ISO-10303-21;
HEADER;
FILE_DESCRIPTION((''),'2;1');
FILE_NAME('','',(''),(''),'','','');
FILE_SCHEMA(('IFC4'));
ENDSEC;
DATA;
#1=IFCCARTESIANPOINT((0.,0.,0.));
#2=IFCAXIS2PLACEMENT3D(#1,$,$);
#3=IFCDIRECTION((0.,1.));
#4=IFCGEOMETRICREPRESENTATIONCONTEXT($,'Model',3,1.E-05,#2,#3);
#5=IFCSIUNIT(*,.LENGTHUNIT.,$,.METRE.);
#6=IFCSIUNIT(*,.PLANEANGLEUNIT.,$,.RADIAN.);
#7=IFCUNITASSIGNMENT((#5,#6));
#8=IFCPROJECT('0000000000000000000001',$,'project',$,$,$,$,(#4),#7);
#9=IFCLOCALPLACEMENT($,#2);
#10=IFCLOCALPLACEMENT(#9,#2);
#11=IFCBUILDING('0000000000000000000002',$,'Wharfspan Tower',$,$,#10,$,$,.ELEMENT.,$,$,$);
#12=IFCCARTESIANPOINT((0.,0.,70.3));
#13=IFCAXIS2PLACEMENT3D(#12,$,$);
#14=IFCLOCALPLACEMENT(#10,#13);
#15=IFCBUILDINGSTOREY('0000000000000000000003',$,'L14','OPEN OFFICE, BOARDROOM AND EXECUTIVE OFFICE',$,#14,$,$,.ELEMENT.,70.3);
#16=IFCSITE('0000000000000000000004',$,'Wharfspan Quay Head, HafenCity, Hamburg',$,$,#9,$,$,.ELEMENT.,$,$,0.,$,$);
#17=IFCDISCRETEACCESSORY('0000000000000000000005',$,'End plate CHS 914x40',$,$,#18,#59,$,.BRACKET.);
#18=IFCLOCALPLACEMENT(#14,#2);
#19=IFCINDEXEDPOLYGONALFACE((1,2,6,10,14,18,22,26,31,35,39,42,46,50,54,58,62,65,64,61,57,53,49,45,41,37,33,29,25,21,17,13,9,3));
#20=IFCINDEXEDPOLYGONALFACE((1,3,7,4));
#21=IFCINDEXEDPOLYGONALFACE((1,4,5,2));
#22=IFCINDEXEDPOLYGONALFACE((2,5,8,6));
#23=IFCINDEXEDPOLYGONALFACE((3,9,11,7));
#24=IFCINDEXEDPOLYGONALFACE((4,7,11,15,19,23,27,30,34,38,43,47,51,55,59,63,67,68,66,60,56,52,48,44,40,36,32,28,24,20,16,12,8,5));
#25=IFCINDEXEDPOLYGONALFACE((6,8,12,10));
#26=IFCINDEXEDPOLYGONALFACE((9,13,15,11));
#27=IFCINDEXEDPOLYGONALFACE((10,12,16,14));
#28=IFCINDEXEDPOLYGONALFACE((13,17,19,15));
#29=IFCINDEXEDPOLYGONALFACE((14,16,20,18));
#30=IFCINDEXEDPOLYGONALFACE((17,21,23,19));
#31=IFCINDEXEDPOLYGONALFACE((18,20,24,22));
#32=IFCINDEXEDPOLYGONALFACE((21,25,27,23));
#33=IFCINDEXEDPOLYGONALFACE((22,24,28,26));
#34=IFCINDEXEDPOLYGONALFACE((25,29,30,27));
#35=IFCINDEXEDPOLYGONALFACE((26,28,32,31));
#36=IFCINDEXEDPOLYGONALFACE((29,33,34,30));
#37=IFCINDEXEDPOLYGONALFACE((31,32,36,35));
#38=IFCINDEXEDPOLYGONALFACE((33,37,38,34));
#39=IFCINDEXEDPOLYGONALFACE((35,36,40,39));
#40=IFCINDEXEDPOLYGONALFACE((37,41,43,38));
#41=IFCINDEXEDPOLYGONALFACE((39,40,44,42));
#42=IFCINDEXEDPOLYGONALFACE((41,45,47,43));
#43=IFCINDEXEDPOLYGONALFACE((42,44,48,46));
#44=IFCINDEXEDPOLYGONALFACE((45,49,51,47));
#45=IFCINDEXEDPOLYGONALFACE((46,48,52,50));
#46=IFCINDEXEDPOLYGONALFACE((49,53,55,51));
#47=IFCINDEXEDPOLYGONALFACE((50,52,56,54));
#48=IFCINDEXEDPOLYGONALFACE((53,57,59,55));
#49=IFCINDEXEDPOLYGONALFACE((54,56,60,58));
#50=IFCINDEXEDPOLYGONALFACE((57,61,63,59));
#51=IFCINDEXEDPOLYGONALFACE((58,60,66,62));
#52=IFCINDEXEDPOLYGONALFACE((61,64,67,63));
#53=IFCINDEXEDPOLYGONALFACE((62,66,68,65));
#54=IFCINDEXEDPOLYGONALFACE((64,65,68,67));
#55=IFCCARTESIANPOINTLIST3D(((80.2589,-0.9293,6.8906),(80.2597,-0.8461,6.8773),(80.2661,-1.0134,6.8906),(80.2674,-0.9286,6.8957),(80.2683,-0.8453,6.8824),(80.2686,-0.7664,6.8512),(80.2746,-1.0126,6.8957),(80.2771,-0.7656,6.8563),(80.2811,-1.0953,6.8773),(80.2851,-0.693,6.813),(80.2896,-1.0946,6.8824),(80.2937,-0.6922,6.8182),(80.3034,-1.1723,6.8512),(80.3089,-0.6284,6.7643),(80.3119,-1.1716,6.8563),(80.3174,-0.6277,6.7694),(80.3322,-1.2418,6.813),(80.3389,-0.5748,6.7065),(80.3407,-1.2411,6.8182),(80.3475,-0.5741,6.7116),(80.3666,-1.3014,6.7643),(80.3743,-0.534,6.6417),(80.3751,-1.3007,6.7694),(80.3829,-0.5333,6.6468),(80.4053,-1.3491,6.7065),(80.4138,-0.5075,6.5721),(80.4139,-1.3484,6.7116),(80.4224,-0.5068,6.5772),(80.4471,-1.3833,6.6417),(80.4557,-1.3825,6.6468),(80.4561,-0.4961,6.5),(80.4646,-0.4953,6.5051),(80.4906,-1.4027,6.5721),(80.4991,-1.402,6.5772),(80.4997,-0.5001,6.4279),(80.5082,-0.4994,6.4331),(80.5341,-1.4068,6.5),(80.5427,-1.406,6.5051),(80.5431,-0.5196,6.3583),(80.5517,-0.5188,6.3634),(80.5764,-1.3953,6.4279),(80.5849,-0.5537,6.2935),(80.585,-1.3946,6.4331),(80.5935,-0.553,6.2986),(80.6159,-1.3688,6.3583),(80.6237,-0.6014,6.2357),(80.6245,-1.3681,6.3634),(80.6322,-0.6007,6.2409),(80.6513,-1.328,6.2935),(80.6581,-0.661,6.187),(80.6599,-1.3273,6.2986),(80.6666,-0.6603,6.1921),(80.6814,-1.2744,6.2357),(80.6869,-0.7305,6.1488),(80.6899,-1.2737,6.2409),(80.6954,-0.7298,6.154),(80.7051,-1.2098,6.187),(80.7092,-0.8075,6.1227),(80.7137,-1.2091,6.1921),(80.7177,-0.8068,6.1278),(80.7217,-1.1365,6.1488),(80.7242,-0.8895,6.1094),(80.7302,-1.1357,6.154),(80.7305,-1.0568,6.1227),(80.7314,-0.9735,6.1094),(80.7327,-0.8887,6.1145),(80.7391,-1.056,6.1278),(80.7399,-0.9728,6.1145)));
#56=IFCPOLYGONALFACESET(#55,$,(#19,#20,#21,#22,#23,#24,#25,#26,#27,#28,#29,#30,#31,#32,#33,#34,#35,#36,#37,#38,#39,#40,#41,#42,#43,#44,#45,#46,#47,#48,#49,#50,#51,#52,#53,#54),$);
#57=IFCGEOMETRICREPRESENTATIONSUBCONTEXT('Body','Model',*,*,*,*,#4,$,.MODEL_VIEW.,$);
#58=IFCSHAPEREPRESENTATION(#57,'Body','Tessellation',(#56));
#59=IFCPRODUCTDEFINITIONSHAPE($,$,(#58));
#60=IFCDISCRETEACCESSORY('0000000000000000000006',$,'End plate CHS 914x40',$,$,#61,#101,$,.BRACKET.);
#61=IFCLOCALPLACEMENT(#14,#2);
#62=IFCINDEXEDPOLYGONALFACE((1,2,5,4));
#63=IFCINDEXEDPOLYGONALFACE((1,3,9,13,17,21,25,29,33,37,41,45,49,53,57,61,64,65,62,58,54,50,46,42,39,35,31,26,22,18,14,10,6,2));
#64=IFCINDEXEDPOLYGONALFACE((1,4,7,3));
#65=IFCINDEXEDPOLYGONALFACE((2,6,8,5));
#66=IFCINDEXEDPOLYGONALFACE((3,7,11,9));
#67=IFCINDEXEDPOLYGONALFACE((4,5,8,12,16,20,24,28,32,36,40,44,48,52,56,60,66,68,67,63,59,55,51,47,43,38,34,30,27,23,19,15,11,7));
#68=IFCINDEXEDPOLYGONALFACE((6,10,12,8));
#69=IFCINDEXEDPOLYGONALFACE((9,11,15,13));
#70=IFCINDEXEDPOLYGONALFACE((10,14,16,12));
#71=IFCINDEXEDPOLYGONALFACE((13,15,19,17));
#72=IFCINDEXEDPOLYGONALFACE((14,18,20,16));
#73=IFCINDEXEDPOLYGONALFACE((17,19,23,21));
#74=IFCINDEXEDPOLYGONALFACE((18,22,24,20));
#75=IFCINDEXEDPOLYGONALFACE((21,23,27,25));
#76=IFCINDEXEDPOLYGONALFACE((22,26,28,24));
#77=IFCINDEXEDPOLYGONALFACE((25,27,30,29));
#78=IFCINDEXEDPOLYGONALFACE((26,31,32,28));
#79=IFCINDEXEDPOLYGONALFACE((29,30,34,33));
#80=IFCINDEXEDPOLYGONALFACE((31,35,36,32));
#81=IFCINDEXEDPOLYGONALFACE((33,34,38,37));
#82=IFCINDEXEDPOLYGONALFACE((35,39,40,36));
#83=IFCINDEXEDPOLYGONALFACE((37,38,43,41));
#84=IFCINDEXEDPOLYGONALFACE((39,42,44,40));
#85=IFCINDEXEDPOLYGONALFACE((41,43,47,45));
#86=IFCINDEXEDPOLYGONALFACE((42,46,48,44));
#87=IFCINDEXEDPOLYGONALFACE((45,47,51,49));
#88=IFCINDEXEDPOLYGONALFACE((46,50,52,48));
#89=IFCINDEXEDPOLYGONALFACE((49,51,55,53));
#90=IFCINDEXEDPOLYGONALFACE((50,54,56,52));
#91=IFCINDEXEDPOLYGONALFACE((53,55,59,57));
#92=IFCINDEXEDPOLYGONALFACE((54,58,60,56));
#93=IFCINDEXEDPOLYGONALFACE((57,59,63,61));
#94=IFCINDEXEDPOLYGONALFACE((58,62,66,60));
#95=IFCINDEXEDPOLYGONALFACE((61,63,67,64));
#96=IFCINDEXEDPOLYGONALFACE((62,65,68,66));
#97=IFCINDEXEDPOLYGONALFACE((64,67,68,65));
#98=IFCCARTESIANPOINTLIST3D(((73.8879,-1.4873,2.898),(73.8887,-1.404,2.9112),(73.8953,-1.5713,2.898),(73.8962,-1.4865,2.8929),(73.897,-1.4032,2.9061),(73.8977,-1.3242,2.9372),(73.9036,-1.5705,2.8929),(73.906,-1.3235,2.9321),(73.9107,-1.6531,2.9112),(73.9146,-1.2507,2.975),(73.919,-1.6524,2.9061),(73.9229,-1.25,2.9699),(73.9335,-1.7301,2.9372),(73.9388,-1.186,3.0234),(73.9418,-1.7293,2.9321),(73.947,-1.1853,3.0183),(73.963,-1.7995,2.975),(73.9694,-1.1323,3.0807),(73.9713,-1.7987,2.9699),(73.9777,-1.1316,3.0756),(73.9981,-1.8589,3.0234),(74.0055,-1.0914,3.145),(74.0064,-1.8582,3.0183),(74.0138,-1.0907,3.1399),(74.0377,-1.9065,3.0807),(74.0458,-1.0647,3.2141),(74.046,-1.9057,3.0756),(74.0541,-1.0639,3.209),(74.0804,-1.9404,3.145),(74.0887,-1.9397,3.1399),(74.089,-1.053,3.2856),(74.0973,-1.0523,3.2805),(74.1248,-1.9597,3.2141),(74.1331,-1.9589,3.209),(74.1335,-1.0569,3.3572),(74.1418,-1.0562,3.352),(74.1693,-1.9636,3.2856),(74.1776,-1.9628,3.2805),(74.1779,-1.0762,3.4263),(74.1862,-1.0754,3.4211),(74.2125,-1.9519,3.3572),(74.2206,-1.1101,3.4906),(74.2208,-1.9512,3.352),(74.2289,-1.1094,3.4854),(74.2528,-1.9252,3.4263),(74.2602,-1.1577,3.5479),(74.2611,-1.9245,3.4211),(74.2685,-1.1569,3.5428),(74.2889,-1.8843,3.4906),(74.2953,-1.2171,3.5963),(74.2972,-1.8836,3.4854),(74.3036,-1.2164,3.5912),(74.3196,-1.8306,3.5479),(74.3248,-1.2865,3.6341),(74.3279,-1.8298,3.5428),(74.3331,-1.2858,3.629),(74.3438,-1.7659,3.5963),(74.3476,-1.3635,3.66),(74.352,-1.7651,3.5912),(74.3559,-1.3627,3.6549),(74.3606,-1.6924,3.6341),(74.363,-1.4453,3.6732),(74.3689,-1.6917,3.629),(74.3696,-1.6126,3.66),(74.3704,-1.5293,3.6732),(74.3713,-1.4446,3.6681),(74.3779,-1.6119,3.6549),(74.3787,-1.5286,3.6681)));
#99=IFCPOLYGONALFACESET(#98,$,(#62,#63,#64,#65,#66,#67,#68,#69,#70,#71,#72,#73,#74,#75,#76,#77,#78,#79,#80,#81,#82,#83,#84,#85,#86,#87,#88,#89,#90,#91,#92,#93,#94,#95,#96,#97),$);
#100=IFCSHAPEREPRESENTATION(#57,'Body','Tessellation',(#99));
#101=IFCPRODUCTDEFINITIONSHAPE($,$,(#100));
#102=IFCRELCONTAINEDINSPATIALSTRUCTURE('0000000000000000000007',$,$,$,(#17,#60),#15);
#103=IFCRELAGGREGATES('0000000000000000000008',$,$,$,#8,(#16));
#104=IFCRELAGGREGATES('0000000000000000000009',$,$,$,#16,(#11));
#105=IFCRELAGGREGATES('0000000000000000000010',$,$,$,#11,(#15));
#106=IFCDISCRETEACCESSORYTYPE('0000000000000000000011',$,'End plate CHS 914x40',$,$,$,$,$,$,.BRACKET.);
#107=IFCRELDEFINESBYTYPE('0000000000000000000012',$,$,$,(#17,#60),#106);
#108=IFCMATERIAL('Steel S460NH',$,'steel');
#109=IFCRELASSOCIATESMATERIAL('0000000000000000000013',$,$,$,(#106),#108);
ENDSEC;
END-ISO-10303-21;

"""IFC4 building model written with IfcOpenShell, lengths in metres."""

from ifc_helpers import new_model, si_unit, direction, frame, origin, origin_2d, place, context, subcontext, project, spatial, circle, extrude, material, material_profile, profile_set, type_object, element, save


model = new_model("IFC4")

# Units and contexts
model_context = context("Model", 3, precision=1e-05, world=origin(), true_north=direction((0.0, 1.0)))
body_context = subcontext(model_context, "Body", "Model", "MODEL_VIEW")
ifc_project = project(units=[si_unit("LENGTHUNIT", "METRE"), si_unit("PLANEANGLEUNIT", "RADIAN")], contexts=[model_context])

# Site, building, storey
site_placement = place(None, origin())
site = spatial("IfcSite", under=ifc_project, at=site_placement, Name="Wharfspan Quay Head, HafenCity, Hamburg", CompositionType="ELEMENT", RefElevation=0.0)
building_placement = place(site_placement, origin())
building = spatial("IfcBuilding", under=site, at=building_placement, Name="Wharfspan Tower", CompositionType="ELEMENT")
storey_placement = place(building_placement, frame((0.0, 0.0, 70.3)))
storey = spatial("IfcBuildingStorey", under=building, at=storey_placement, Name="L14", Description="OPEN OFFICE, BOARDROOM AND EXECUTIVE OFFICE", CompositionType="ELEMENT", Elevation=70.3)

# Shared definitions
ifc_material_1 = material(Name="Steel S460NH", Category="steel")

# Discrete accessories
ifc_material_profile_1 = material_profile(ifc_material_1, circle(Radius=0.457, at=origin_2d()))
ifc_profile_set_1 = profile_set([ifc_material_profile_1], Name="Steel S460NH")
discrete_accessory_type = type_object("IfcDiscreteAccessoryType", Name="End plate CHS 914x40", PredefinedType="BRACKET", material=ifc_profile_set_1)
for number, where, z_axis, x_axis, name in (
    (1, (80.4951, -0.9514, 6.5), (0.855186, 0.073302, 0.513112), (-0.085402, 0.996345, 0.000001), "End plate CHS 914x40"),
):
    element("IfcDiscreteAccessory", number, at=place(storey_placement, frame(where, z_axis=z_axis, x_axis=x_axis)), inside=storey, type_object=discrete_accessory_type, Name=name, PredefinedType="BRACKET", context=body_context, shape_type="SweptSolid", body=[
        extrude(circle(Radius=0.457, at=origin_2d()), origin(), (0.0, 0.0, 1.0), 0.01),
    ])
discrete_accessory_placement = place(storey_placement, frame((74.1375, -1.5076, 3.2805), z_axis=(-0.848411, -0.07486, 0.524018), x_axis=(0.087893, -0.996132, -0.000002)))
element("IfcDiscreteAccessory", 2, at=discrete_accessory_placement, inside=storey, type_object=discrete_accessory_type, Name="End plate CHS 914x40", PredefinedType="BRACKET", context=body_context, shape_type="SweptSolid", body=[
    extrude(circle(Radius=0.457, at=origin_2d()), origin(), (0.0, 0.0, 1.0), 0.0098),
])

save(model, "model.ifc")
